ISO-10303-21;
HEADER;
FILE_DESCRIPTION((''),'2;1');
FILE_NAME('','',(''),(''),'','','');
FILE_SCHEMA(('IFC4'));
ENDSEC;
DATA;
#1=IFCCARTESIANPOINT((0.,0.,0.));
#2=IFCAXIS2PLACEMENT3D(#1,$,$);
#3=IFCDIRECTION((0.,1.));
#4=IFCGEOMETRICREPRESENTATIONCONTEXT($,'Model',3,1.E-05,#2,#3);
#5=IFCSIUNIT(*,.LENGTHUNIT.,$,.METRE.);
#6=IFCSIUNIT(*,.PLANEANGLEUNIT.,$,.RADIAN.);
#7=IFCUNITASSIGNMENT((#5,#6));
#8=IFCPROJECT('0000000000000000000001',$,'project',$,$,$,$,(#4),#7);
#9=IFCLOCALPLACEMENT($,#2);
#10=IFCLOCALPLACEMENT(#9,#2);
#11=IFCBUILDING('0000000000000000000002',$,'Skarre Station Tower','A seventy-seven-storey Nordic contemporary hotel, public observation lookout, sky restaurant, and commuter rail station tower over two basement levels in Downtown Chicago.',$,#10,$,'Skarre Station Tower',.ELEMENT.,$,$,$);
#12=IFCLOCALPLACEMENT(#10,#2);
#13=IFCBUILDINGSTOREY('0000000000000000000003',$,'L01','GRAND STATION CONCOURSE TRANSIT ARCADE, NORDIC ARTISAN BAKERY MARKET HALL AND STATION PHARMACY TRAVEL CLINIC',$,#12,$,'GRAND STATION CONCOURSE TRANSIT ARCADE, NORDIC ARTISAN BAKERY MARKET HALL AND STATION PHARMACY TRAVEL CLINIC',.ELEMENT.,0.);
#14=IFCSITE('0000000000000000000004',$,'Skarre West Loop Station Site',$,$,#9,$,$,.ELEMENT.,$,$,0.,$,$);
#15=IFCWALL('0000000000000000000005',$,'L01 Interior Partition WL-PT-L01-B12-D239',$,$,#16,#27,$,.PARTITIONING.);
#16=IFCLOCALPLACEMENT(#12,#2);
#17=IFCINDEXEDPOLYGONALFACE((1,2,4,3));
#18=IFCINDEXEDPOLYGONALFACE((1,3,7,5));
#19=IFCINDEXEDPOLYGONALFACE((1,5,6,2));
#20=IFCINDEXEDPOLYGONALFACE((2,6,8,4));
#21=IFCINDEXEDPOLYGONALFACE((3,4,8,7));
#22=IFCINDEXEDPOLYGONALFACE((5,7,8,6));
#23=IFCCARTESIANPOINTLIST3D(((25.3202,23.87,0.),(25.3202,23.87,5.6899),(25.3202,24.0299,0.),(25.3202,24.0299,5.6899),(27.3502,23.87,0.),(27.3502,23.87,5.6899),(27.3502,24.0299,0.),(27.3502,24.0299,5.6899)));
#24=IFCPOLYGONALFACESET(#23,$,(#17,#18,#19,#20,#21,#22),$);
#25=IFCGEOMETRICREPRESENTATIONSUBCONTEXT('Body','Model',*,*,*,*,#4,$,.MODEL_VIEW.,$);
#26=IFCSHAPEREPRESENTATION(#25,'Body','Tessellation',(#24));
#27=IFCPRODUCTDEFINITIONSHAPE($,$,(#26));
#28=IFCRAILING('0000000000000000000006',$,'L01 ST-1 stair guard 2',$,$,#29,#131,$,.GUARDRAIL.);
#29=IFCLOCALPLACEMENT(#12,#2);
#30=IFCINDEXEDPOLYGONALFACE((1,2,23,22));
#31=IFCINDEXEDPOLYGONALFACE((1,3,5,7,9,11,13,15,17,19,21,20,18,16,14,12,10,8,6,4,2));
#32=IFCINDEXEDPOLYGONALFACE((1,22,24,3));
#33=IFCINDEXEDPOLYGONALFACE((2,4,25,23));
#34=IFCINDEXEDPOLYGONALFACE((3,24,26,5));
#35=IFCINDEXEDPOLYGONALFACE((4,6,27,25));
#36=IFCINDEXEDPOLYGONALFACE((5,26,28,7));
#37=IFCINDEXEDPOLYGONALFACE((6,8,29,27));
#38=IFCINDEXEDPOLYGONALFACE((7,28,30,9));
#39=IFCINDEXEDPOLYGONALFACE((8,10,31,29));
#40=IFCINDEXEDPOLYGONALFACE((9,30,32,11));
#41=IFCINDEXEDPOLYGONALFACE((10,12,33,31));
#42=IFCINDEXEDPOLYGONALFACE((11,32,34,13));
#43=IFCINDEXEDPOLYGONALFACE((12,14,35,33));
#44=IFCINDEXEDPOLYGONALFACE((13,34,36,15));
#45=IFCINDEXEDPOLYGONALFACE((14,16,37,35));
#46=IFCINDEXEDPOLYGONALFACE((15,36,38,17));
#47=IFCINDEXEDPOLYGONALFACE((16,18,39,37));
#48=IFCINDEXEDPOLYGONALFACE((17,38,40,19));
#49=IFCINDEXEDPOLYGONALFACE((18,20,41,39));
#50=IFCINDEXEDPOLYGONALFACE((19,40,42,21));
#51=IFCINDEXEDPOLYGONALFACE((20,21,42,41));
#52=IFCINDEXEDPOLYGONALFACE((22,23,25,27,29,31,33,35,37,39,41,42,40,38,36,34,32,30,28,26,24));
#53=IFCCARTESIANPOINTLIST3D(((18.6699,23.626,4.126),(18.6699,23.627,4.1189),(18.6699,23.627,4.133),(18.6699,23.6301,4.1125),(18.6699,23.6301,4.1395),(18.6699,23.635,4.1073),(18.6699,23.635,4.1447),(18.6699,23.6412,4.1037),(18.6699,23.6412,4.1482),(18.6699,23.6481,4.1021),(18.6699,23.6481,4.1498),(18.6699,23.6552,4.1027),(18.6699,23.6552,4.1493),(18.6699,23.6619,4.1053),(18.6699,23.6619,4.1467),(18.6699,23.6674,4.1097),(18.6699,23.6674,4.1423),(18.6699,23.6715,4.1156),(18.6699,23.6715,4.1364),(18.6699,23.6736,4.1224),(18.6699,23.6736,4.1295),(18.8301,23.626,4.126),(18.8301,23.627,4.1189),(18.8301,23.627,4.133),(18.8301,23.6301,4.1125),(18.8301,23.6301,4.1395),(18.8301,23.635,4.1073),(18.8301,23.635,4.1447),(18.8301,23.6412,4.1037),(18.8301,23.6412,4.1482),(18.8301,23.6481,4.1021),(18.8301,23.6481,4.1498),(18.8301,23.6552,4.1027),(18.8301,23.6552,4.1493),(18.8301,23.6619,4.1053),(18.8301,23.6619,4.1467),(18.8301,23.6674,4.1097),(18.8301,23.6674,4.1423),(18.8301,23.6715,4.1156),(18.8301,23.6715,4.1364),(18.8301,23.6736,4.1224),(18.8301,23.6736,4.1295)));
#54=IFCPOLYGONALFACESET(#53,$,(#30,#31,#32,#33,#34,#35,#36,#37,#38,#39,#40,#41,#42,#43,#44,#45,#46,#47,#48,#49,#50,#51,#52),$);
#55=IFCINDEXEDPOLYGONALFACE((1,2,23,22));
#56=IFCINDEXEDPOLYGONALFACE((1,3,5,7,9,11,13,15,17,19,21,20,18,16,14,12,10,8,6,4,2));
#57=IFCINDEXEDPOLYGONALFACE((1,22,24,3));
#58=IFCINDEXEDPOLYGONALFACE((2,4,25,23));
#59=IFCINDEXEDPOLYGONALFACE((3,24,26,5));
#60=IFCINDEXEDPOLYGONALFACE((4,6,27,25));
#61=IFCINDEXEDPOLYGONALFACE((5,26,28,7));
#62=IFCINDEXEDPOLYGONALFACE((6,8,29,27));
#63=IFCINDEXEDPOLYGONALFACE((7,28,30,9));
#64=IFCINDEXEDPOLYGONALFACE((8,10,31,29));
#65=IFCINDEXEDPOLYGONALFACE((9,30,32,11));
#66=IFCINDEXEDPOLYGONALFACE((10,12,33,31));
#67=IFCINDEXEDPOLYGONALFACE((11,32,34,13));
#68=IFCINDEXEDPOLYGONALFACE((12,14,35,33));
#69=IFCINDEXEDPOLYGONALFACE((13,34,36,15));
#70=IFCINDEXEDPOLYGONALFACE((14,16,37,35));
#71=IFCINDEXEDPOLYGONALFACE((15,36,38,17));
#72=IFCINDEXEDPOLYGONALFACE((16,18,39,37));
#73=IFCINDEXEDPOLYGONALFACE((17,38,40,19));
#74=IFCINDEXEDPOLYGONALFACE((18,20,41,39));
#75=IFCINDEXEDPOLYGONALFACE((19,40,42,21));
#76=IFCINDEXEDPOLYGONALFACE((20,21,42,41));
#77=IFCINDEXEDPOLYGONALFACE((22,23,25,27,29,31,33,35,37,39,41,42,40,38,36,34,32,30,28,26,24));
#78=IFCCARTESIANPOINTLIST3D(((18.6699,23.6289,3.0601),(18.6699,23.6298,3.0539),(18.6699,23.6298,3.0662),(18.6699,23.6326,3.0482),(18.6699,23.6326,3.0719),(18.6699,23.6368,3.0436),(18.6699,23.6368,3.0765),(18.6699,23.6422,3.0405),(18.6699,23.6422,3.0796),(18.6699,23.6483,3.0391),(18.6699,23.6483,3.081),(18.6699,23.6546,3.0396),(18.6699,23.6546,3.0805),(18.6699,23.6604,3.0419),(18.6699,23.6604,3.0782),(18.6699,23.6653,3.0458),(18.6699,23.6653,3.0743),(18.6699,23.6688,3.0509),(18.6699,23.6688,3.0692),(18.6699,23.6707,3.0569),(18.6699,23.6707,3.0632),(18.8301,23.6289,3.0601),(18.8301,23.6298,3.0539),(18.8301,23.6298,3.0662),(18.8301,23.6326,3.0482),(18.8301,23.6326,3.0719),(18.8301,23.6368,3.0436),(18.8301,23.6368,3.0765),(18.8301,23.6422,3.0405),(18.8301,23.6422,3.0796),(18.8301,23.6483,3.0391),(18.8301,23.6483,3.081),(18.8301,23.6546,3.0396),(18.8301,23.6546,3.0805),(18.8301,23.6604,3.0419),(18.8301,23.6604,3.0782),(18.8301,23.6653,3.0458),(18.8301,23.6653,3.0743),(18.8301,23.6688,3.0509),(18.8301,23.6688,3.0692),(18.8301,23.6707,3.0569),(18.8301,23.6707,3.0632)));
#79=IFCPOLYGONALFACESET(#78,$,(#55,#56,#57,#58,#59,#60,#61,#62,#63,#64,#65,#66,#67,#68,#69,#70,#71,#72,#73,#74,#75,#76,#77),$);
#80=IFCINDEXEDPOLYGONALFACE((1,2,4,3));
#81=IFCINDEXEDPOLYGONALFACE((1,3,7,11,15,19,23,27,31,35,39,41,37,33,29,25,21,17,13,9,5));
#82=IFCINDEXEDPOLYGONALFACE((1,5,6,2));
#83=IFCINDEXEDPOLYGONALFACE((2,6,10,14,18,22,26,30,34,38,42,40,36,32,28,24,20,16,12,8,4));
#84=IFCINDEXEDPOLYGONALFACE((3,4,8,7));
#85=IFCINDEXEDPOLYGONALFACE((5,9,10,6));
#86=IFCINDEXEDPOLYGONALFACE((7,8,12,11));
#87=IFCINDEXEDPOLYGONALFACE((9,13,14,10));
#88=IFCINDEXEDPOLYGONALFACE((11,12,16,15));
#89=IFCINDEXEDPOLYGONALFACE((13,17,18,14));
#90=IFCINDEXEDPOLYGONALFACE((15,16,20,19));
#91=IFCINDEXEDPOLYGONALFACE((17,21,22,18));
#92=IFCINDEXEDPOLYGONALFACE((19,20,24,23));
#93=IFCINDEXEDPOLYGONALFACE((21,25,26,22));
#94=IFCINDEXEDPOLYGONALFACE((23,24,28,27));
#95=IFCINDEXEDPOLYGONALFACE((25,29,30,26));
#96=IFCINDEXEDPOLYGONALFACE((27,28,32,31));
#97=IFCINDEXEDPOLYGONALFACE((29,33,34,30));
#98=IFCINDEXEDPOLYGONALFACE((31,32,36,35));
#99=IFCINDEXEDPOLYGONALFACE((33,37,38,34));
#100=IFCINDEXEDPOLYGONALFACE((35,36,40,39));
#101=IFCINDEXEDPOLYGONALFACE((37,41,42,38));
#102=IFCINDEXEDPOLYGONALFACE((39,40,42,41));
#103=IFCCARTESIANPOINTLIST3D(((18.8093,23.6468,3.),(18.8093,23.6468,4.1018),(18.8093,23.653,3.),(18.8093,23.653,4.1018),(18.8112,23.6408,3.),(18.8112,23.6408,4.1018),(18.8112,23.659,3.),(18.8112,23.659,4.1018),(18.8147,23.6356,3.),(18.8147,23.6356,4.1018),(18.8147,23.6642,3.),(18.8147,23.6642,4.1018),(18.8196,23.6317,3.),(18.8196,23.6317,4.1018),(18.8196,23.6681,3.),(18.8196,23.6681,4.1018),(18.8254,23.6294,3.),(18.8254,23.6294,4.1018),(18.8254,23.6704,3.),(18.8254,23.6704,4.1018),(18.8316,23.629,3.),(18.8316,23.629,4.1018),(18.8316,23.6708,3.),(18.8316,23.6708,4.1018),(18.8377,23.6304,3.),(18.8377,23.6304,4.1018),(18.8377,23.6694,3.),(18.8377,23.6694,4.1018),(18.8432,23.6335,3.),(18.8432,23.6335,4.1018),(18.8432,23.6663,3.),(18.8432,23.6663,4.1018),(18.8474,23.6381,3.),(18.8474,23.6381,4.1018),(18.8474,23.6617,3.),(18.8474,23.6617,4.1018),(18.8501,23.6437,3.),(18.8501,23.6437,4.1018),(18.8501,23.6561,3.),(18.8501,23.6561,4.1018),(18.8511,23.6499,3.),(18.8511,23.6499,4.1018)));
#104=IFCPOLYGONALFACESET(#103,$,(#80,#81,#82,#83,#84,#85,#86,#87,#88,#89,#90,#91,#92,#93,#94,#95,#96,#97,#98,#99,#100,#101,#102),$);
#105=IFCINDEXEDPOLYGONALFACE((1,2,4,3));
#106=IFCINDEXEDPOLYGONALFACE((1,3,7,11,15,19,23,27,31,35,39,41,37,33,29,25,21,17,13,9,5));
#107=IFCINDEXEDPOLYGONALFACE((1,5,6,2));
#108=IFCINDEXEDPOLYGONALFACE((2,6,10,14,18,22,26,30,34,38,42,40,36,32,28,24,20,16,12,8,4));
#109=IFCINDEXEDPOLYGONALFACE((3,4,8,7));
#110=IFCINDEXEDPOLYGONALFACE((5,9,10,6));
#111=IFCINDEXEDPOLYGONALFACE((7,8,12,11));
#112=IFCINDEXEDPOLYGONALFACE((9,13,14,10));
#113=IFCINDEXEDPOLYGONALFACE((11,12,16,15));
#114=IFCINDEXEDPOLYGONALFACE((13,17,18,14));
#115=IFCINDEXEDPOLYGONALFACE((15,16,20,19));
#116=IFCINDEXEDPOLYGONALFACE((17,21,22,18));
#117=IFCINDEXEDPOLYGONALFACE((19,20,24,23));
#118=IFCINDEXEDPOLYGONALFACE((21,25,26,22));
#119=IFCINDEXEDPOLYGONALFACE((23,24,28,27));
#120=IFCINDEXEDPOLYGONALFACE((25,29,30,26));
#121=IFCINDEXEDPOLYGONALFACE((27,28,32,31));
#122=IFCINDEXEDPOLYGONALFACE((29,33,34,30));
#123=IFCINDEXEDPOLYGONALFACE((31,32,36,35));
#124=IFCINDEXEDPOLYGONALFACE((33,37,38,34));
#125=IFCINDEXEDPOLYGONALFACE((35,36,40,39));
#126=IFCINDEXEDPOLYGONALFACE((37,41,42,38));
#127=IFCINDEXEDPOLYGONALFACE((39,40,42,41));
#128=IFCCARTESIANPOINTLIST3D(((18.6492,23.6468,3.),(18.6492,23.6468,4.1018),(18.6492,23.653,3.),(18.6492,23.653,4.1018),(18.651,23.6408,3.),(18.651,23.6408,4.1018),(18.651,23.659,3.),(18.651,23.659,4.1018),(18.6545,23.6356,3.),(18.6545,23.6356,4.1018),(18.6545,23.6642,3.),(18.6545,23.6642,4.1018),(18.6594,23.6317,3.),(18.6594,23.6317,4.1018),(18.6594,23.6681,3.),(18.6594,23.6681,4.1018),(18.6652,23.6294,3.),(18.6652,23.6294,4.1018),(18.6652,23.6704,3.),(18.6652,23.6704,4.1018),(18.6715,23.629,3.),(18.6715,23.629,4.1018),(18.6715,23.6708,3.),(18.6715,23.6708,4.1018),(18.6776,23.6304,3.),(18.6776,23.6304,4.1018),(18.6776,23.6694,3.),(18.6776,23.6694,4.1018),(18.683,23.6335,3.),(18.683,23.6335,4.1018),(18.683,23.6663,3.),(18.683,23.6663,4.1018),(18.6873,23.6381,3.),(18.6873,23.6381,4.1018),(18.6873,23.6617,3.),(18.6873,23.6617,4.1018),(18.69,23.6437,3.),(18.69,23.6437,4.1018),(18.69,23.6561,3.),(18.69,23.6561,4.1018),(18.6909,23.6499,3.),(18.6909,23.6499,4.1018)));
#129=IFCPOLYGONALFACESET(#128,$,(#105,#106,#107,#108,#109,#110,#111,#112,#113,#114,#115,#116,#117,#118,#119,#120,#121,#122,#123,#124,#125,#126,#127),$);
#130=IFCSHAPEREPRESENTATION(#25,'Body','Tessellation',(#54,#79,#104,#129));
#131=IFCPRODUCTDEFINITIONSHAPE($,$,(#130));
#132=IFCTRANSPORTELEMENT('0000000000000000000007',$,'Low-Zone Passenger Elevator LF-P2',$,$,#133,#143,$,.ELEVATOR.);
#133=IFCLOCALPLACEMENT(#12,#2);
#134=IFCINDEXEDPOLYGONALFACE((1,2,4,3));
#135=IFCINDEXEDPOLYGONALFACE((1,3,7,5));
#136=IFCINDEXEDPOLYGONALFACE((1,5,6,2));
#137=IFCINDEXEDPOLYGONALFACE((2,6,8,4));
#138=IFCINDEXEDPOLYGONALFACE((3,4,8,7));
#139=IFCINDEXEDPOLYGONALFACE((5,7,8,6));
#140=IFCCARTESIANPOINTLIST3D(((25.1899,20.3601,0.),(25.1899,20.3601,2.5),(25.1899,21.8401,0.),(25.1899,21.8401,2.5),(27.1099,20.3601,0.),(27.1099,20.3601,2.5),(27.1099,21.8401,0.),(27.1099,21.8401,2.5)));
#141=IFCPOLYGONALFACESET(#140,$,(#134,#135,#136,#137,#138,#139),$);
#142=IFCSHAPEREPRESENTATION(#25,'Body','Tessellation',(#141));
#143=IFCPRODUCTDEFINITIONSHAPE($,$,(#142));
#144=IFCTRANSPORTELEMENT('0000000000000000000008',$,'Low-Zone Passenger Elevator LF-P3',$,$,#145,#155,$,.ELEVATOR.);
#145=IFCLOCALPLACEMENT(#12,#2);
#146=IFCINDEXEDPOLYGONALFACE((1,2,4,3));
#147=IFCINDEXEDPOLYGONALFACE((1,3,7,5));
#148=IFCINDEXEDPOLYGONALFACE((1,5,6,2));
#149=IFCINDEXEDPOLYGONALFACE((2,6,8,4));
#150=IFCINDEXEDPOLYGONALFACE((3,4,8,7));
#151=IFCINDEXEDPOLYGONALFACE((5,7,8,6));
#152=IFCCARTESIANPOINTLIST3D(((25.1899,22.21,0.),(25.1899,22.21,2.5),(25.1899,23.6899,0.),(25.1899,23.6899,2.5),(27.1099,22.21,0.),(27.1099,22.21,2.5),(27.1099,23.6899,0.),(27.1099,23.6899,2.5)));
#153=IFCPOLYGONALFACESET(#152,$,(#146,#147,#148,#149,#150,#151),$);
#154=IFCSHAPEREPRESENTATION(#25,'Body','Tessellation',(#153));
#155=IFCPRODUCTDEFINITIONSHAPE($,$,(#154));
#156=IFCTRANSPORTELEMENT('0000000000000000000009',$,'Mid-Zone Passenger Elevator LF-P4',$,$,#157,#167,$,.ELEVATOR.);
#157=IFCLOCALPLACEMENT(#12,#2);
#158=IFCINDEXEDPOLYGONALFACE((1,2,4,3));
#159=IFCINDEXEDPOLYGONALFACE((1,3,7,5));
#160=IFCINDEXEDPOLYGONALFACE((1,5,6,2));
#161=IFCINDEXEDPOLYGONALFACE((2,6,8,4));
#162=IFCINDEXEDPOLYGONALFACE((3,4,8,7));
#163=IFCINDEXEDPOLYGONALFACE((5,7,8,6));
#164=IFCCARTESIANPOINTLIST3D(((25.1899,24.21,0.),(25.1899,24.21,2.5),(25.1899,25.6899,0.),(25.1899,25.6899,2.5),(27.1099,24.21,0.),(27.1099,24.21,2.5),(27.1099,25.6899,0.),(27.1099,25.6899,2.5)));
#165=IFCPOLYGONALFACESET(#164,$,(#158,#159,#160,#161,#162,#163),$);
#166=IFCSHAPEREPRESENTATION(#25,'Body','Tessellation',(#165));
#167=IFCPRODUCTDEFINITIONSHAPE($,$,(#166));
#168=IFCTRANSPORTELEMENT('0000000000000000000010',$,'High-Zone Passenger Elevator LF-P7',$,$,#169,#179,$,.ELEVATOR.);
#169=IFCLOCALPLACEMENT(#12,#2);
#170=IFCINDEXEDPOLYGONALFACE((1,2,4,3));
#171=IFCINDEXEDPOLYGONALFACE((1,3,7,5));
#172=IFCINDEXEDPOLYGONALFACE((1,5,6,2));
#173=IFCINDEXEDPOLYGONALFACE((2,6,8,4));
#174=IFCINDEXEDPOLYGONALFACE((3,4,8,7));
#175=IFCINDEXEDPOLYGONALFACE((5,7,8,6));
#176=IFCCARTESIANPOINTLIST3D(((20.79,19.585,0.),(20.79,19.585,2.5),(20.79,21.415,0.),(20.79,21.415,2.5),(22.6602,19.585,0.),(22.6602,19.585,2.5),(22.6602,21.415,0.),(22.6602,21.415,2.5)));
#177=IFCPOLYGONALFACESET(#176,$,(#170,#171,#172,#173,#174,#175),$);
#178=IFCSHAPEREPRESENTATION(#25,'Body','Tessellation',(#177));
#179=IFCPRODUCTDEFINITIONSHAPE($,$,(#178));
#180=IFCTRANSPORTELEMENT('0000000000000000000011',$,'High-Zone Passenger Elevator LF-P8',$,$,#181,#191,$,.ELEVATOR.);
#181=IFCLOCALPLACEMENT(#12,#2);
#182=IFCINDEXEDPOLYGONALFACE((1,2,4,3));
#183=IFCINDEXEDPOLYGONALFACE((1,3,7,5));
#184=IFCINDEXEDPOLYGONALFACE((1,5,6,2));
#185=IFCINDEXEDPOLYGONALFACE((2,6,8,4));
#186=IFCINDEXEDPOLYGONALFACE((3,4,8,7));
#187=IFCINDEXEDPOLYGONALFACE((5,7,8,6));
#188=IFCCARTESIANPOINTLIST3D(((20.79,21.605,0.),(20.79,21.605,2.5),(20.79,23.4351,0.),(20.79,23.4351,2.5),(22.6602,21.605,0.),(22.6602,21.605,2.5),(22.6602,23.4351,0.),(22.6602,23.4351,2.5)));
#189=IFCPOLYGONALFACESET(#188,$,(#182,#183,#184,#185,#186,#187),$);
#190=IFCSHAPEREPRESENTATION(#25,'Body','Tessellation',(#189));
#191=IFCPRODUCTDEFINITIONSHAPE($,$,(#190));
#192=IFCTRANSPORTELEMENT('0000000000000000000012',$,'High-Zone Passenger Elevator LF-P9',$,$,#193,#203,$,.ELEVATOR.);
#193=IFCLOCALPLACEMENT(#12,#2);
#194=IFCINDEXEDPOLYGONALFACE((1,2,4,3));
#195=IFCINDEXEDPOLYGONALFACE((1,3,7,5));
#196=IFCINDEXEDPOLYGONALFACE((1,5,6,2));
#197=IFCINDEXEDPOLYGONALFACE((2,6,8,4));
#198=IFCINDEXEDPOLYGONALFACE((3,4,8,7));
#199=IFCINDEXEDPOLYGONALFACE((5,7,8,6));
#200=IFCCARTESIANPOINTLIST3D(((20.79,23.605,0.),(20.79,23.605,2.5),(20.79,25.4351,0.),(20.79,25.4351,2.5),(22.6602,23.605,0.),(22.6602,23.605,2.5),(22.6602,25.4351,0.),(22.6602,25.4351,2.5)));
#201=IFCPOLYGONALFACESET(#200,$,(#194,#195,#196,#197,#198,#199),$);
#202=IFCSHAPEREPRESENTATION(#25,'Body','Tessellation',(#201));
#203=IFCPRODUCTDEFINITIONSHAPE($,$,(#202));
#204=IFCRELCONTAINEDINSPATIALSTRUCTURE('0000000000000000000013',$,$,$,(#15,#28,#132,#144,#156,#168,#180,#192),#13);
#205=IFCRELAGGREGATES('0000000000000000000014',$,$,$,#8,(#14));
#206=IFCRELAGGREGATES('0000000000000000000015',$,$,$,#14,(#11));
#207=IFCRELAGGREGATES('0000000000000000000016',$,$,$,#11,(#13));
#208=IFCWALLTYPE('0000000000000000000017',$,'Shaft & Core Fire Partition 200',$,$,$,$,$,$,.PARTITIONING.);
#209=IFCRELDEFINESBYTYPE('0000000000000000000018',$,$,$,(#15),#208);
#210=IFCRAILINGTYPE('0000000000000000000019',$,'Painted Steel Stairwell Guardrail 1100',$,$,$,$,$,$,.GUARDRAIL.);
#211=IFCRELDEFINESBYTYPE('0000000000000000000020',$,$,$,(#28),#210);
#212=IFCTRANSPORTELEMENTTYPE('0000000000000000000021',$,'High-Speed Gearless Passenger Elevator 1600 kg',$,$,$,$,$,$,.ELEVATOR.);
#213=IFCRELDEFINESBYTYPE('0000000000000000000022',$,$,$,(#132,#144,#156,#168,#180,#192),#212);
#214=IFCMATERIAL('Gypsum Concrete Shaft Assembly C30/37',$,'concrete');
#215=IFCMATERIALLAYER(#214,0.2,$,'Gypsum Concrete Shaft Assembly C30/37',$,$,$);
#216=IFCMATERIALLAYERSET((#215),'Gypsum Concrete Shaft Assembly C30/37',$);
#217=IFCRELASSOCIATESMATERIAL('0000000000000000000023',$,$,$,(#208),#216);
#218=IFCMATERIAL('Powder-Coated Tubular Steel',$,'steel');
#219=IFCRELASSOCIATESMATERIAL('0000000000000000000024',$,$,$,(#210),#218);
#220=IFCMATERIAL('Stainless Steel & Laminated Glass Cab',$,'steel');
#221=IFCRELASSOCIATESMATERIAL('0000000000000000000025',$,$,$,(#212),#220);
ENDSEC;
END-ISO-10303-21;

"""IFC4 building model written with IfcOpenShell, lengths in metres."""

from ifc_helpers import new_model, si_unit, direction, frame, frame_2d, origin, origin_2d, place, context, subcontext, project, spatial, rectangle, circle, extrude, material, layer, layer_set, type_object, element, save


model = new_model("IFC4")

# Units and contexts
model_context = context("Model", 3, precision=1e-05, world=origin(), true_north=direction((0.0, 1.0)))
body_context = subcontext(model_context, "Body", "Model", "MODEL_VIEW")
ifc_project = project(units=[si_unit("LENGTHUNIT", "METRE"), si_unit("PLANEANGLEUNIT", "RADIAN")], contexts=[model_context])

# Site, building, storey
site_placement = place(None, origin())
site = spatial("IfcSite", under=ifc_project, at=site_placement, Name="Skarre West Loop Station Site", CompositionType="ELEMENT", RefElevation=0.0)
building_placement = place(site_placement, origin())
building = spatial("IfcBuilding", under=site, at=building_placement, Name="Skarre Station Tower", Description="A seventy-seven-storey Nordic contemporary hotel, public observation lookout, sky restaurant, and commuter rail station tower over two basement levels in Downtown Chicago.", LongName="Skarre Station Tower", CompositionType="ELEMENT")
storey_placement = place(building_placement, origin())
storey = spatial("IfcBuildingStorey", under=building, at=storey_placement, Name="L01", Description="GRAND STATION CONCOURSE TRANSIT ARCADE, NORDIC ARTISAN BAKERY MARKET HALL AND STATION PHARMACY TRAVEL CLINIC", LongName="GRAND STATION CONCOURSE TRANSIT ARCADE, NORDIC ARTISAN BAKERY MARKET HALL AND STATION PHARMACY TRAVEL CLINIC", CompositionType="ELEMENT", Elevation=0.0)

# Shared definitions
ifc_material_1 = material(Name="Gypsum Concrete Shaft Assembly C30/37", Category="concrete")
ifc_layer_1 = layer(ifc_material_1, 0.2, Name="Gypsum Concrete Shaft Assembly C30/37")
ifc_layer_set_1 = layer_set([ifc_layer_1], Name="Gypsum Concrete Shaft Assembly C30/37")
wall_type_1 = type_object("IfcWallType", Name="Shaft & Core Fire Partition 200", PredefinedType="PARTITIONING", material=ifc_layer_set_1)

# Wall
for number, where, z_axis, x_axis, name in (
    (1, (25.3201, 23.95, 0.0), (0.0, 0.0, 1.0), (1.0, 0.0, 0.0), "L01 Interior Partition WL-PT-L01-B12-D239"),
):
    element("IfcWall", number, at=place(storey_placement, frame(where, z_axis=z_axis, x_axis=x_axis)), inside=storey, type_object=wall_type_1, Name=name, PredefinedType="PARTITIONING", context=body_context, shape_type="SweptSolid", body=[
        extrude(rectangle(XDim=2.03, YDim=0.1599, at=frame_2d((1.0151, 0.0))), origin(), (0.0, 0.0, 1.0), 5.6899),
    ])

# Railing
ifc_material_2 = material(Name="Powder-Coated Tubular Steel", Category="steel")
railing_type = type_object("IfcRailingType", Name="Painted Steel Stairwell Guardrail 1100", PredefinedType="GUARDRAIL", material=ifc_material_2)
railing_placement = place(storey_placement, frame((18.8301, 23.6499, 3.0)))
element("IfcRailing", 2, at=railing_placement, inside=storey, type_object=railing_type, Name="L01 ST-1 stair guard 2", PredefinedType="GUARDRAIL", context=body_context, shape_type="SweptSolid", body=[
    extrude(circle(Radius=0.0239, at=origin_2d()), frame((0.0, 0.0, 1.126), z_axis=(-1.0, 0.0, 0.0), x_axis=(0.0, -1.0, 0.0)), (0.0, 0.0, 1.0), 0.1602),
    extrude(circle(Radius=0.021, at=origin_2d()), frame((0.0, 0.0, 0.0601), z_axis=(-1.0, 0.0, 0.0), x_axis=(0.0, -1.0, 0.0)), (0.0, 0.0, 1.0), 0.1602),
    extrude(circle(Radius=0.021, at=origin_2d()), origin(), (0.0, 0.0, 1.0), 1.1018),
    extrude(circle(Radius=0.021, at=origin_2d()), frame((-0.1602, 0.0, 0.0)), (0.0, 0.0, 1.0), 1.1018),
])

# Transport elements
ifc_material_3 = material(Name="Stainless Steel & Laminated Glass Cab", Category="steel")
transport_element_type = type_object("IfcTransportElementType", Name="High-Speed Gearless Passenger Elevator 1600 kg", PredefinedType="ELEVATOR", material=ifc_material_3)
for number, where, z_axis, x_axis, name in (
    (3, (26.1499, 21.1001, 0.0), (0.0, 0.0, 1.0), (1.0, 0.0, 0.0), "Low-Zone Passenger Elevator LF-P2"),
    (4, (26.1499, 22.95, 0.0), (0.0, 0.0, 1.0), (1.0, 0.0, 0.0), "Low-Zone Passenger Elevator LF-P3"),
    (5, (26.1499, 24.95, 0.0), (0.0, 0.0, 1.0), (1.0, 0.0, 0.0), "Mid-Zone Passenger Elevator LF-P4"),
):
    element("IfcTransportElement", number, at=place(storey_placement, frame(where, z_axis=z_axis, x_axis=x_axis)), inside=storey, type_object=transport_element_type, Name=name, PredefinedType="ELEVATOR", context=body_context, shape_type="SweptSolid", body=[
        extrude(rectangle(XDim=1.9199, YDim=1.48, at=origin_2d()), origin(), (0.0, 0.0, 1.0), 2.5),
    ])
for number, where, z_axis, x_axis, name in (
    (6, (21.7251, 20.5, 0.0), (0.0, 0.0, 1.0), (1.0, 0.0, 0.0), "High-Zone Passenger Elevator LF-P7"),
    (7, (21.7251, 22.52, 0.0), (0.0, 0.0, 1.0), (1.0, 0.0, 0.0), "High-Zone Passenger Elevator LF-P8"),
    (8, (21.7251, 24.52, 0.0), (0.0, 0.0, 1.0), (1.0, 0.0, 0.0), "High-Zone Passenger Elevator LF-P9"),
):
    element("IfcTransportElement", number, at=place(storey_placement, frame(where, z_axis=z_axis, x_axis=x_axis)), inside=storey, type_object=transport_element_type, Name=name, PredefinedType="ELEVATOR", context=body_context, shape_type="SweptSolid", body=[
        extrude(rectangle(XDim=1.8701, YDim=1.8301, at=origin_2d()), origin(), (0.0, 0.0, 1.0), 2.5),
    ])

save(model, "model.ifc")
